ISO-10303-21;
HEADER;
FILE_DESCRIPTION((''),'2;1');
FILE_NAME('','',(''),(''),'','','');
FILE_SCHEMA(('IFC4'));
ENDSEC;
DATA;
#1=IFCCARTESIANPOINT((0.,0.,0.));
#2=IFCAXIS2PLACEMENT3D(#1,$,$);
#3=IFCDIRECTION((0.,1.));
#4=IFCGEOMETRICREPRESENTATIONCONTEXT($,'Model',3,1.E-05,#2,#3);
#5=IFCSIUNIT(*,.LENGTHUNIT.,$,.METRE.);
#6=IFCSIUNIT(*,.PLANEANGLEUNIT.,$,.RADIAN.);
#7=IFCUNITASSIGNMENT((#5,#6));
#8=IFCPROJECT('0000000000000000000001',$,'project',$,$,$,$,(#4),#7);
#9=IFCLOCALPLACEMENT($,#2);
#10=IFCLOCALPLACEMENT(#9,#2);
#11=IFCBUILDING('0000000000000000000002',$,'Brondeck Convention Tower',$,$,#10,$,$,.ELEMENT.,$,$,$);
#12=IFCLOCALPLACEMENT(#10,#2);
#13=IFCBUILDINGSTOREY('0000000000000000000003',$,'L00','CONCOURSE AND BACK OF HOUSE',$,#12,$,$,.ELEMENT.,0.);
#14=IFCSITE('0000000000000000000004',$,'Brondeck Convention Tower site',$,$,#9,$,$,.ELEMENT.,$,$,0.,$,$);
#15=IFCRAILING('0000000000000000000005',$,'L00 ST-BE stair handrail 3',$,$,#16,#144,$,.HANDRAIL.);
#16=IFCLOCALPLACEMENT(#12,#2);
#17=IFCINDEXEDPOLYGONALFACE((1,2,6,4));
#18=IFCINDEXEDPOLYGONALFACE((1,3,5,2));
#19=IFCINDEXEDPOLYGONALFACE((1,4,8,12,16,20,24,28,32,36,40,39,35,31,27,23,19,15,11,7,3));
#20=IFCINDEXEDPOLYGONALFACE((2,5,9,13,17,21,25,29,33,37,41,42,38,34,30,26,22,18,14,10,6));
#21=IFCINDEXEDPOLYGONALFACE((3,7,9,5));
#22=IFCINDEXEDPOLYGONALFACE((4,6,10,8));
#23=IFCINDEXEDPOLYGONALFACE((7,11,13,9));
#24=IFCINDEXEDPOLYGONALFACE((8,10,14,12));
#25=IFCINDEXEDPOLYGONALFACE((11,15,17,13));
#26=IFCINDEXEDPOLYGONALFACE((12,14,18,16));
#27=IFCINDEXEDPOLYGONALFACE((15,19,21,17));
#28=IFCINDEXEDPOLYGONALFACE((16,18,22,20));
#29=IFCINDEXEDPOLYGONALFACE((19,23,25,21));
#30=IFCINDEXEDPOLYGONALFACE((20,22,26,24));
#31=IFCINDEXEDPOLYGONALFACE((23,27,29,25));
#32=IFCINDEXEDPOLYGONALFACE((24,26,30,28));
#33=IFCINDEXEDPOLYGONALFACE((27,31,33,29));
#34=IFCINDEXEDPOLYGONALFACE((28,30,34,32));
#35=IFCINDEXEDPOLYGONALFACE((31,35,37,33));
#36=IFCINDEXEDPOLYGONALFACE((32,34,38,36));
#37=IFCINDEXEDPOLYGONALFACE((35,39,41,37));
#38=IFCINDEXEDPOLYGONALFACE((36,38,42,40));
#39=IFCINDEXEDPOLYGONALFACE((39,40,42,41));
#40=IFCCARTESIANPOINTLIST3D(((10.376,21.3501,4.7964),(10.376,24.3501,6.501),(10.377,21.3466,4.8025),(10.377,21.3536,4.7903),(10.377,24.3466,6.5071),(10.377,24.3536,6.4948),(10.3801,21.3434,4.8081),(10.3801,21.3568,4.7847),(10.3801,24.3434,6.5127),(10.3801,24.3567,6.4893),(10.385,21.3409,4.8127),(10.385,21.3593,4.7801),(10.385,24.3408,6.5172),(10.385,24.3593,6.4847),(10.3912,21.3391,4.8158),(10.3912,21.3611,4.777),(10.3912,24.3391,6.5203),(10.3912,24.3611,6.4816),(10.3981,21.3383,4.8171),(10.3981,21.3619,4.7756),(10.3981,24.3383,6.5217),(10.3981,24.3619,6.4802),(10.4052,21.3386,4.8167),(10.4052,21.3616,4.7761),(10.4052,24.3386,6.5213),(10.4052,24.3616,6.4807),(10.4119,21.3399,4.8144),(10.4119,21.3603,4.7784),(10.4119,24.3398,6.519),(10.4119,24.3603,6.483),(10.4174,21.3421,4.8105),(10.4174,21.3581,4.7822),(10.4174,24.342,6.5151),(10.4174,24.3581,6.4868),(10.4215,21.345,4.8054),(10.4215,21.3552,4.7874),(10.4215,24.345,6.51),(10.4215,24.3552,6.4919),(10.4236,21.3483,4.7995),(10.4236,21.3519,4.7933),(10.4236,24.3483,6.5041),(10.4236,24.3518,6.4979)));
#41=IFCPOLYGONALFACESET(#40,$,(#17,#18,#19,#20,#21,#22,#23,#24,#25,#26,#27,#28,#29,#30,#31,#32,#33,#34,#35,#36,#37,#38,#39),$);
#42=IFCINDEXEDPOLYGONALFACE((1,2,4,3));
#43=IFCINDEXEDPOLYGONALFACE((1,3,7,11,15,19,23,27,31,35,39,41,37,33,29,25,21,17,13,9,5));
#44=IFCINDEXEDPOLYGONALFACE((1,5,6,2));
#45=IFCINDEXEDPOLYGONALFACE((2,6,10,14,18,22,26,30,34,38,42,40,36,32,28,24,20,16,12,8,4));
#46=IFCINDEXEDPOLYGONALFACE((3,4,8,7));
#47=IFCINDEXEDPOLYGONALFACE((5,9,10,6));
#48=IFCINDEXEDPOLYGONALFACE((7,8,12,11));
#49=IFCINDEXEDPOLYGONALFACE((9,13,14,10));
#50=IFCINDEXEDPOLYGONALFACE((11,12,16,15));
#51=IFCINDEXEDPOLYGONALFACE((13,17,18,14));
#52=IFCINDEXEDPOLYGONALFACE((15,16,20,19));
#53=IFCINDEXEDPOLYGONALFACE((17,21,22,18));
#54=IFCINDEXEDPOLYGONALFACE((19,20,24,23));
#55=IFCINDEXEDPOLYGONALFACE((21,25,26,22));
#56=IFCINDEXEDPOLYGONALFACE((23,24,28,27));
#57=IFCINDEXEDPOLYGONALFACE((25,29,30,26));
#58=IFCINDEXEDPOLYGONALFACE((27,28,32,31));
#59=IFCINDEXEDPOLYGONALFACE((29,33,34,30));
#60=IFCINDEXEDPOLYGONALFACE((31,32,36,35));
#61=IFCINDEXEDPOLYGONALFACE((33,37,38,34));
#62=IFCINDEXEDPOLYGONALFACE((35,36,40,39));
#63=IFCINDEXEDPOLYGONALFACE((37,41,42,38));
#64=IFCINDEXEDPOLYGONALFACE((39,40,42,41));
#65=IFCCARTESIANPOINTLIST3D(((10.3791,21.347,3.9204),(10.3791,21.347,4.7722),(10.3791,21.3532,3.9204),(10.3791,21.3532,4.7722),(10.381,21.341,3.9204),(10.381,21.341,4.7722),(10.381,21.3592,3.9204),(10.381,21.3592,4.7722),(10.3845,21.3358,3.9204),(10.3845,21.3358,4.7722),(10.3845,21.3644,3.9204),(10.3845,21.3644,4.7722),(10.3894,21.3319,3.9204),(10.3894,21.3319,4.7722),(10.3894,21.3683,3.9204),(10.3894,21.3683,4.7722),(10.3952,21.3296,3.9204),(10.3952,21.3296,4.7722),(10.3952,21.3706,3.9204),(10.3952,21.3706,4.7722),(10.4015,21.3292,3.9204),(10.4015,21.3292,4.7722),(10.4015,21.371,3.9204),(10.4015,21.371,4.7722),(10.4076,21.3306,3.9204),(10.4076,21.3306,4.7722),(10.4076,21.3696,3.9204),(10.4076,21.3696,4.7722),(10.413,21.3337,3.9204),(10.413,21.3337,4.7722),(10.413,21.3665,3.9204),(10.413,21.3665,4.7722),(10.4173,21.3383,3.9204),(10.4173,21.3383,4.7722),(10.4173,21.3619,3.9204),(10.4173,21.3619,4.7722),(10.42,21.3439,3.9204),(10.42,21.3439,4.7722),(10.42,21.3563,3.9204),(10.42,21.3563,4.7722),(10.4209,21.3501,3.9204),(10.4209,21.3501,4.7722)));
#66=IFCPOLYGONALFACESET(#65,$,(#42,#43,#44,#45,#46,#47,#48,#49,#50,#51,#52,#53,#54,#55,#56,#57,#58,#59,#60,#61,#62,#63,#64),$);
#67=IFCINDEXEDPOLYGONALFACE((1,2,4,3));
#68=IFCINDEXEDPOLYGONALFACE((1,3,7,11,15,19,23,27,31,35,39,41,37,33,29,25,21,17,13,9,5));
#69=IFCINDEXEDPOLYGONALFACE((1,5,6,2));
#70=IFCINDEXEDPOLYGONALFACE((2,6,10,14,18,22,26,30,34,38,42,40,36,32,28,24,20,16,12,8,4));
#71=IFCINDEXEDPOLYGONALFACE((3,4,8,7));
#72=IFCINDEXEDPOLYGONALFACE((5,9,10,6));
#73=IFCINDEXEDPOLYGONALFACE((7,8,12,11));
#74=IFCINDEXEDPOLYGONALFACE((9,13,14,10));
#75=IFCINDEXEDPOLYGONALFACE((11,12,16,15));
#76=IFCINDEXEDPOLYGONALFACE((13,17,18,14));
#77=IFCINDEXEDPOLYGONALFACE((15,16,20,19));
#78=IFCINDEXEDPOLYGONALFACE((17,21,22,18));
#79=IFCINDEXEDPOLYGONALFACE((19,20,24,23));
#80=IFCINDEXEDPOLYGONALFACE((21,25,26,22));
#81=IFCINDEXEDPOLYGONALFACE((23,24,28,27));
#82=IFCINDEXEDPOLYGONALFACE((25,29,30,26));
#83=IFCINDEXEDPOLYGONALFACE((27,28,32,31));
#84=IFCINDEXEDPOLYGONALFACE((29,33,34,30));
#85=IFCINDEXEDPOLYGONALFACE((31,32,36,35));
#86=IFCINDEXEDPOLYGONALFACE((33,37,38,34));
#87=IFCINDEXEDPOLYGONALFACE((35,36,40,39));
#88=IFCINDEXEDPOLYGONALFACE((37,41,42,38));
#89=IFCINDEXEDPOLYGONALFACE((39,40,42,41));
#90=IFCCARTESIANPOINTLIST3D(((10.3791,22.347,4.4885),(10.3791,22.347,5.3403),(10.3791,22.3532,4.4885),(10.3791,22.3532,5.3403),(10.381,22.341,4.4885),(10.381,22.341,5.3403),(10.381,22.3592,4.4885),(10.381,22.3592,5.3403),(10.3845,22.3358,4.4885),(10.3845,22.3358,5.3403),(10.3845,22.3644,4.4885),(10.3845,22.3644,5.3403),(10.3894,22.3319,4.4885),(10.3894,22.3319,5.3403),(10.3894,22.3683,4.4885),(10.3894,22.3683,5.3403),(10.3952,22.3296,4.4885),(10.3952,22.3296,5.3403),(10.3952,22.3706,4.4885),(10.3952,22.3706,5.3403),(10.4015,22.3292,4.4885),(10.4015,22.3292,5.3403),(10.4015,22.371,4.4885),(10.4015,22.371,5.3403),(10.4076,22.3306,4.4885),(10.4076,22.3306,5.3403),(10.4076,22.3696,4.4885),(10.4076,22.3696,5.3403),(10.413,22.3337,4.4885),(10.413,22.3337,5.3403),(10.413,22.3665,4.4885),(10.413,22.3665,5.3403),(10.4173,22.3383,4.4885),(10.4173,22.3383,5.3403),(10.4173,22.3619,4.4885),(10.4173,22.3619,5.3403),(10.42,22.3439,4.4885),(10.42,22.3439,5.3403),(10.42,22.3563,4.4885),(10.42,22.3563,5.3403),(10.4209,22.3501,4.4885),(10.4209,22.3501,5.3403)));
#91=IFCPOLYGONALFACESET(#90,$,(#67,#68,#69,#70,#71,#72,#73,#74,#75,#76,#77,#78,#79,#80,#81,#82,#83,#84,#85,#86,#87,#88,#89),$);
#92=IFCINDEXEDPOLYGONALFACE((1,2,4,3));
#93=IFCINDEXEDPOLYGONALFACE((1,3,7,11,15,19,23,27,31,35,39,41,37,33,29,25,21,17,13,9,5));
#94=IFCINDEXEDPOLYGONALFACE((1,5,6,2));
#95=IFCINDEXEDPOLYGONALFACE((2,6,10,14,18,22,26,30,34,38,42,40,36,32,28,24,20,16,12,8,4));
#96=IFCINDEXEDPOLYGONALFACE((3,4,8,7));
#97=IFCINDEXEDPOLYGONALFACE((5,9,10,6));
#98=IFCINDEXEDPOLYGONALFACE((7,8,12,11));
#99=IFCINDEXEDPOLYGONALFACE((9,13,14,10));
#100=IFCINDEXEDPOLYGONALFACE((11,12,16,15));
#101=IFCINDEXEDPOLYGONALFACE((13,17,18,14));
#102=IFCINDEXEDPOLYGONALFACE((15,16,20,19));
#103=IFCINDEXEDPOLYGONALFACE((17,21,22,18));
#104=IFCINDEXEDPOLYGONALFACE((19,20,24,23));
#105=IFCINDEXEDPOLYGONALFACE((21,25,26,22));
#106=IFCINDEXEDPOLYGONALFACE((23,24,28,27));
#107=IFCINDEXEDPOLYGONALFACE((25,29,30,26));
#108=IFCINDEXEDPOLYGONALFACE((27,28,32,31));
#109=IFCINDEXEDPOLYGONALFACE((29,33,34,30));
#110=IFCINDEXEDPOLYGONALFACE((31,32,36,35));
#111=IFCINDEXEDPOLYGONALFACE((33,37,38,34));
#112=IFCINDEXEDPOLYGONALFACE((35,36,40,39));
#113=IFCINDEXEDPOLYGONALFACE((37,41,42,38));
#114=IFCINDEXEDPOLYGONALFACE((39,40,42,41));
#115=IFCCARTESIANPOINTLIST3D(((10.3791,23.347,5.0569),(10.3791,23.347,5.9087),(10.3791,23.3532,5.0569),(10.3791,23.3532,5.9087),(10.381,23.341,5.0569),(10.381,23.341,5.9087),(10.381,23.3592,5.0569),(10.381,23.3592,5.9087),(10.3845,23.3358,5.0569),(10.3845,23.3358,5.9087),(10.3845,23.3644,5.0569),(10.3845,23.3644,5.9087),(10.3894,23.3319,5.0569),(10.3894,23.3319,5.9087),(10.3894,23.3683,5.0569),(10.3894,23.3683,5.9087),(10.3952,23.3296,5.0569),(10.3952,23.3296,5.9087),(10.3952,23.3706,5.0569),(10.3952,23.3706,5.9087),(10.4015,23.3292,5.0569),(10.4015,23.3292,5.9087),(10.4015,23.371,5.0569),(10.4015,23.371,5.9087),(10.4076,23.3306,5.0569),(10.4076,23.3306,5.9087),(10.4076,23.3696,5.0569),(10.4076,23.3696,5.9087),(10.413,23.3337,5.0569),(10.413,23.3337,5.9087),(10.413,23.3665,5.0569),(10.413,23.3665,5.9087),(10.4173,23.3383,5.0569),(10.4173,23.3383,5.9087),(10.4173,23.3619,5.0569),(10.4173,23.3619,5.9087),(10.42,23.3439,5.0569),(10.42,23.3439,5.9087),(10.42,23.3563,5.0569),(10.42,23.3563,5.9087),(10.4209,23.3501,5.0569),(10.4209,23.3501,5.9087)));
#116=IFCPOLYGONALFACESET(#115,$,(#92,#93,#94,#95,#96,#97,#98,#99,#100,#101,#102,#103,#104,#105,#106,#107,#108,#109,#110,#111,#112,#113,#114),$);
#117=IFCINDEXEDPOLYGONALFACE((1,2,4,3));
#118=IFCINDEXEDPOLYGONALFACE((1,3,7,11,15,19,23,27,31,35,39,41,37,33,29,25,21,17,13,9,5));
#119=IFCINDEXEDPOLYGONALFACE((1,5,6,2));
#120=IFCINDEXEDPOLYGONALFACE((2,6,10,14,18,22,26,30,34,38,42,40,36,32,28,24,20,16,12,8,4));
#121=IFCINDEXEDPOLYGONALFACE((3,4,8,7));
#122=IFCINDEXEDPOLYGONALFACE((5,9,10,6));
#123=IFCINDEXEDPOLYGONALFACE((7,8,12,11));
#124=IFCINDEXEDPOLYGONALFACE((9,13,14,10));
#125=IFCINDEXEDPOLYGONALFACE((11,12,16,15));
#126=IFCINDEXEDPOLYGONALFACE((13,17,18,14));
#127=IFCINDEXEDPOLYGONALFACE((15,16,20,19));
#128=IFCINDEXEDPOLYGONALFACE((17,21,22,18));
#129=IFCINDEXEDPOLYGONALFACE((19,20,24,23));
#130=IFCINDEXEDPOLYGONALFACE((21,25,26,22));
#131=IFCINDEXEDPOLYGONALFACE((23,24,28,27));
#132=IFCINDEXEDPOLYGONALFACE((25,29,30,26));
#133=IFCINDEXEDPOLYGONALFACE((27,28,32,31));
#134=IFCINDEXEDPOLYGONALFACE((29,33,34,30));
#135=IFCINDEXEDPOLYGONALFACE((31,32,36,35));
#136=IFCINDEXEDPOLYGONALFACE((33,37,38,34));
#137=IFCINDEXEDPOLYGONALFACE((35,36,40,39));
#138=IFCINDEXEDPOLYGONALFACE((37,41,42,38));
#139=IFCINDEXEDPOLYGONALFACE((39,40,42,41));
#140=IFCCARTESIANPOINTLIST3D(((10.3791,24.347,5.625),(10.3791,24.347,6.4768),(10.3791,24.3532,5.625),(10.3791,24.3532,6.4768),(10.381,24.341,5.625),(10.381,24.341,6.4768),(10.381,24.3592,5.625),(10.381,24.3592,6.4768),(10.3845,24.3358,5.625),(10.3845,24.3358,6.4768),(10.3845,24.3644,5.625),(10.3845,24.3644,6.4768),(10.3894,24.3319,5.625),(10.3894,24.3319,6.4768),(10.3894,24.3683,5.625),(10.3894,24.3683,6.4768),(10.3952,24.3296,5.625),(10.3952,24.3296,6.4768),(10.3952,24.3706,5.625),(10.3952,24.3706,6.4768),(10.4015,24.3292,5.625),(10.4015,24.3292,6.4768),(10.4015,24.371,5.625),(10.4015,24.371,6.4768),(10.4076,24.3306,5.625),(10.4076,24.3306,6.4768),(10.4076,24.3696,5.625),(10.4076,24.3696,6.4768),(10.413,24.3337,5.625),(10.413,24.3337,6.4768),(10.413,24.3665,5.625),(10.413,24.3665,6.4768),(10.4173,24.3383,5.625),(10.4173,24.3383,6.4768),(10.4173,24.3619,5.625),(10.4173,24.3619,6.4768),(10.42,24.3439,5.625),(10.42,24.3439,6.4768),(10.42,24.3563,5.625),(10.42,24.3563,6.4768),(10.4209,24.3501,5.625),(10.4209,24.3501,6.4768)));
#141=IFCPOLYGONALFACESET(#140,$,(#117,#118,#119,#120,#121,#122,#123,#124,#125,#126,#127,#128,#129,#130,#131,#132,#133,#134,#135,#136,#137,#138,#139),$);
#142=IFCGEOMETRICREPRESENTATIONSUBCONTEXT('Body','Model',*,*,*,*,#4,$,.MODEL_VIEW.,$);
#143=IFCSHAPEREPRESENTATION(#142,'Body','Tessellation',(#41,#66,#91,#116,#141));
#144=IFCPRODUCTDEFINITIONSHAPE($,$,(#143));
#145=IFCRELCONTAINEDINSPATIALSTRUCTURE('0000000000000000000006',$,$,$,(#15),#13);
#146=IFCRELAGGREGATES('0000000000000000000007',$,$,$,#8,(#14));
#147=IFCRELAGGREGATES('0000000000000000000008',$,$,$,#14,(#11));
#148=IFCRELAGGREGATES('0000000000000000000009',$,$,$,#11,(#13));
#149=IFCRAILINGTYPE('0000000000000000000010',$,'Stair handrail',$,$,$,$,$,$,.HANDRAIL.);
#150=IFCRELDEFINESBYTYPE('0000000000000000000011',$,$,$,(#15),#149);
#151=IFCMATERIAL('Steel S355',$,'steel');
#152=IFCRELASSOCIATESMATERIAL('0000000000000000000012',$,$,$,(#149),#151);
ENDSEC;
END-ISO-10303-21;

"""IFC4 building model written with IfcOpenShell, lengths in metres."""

from ifc_helpers import new_model, si_unit, direction, frame, origin, origin_2d, place, context, subcontext, project, spatial, circle, extrude, material, type_object, element, save


model = new_model("IFC4")

# Units and contexts
model_context = context("Model", 3, precision=1e-05, world=origin(), true_north=direction((0.0, 1.0)))
body_context = subcontext(model_context, "Body", "Model", "MODEL_VIEW")
ifc_project = project(units=[si_unit("LENGTHUNIT", "METRE"), si_unit("PLANEANGLEUNIT", "RADIAN")], contexts=[model_context])

# Site, building, storey
site_placement = place(None, origin())
site = spatial("IfcSite", under=ifc_project, at=site_placement, Name="Brondeck Convention Tower site", CompositionType="ELEMENT", RefElevation=0.0)
building_placement = place(site_placement, origin())
building = spatial("IfcBuilding", under=site, at=building_placement, Name="Brondeck Convention Tower", CompositionType="ELEMENT")
storey_placement = place(building_placement, origin())
storey = spatial("IfcBuildingStorey", under=building, at=storey_placement, Name="L00", Description="CONCOURSE AND BACK OF HOUSE", CompositionType="ELEMENT", Elevation=0.0)

# Shared definitions
ifc_material_1 = material(Name="Steel S355", Category="steel")

# Railing
railing_type_1 = type_object("IfcRailingType", Name="Stair handrail", PredefinedType="HANDRAIL", material=ifc_material_1)
for number, where, name in (
    (1, (10.3999, 21.3501, 3.9204), "L00 ST-BE stair handrail 3"),
):
    element("IfcRailing", number, at=place(storey_placement, frame(where)), inside=storey, type_object=railing_type_1, Name=name, PredefinedType="HANDRAIL", context=body_context, shape_type="SweptSolid", body=[
        extrude(circle(Radius=0.0239, at=origin_2d()), frame((0.0, 0.0, 0.876), z_axis=(0.0, 0.869451, 0.494019), x_axis=(-1.0, 0.0, 0.0)), (0.0, 0.0, 1.0), 3.4504),
        extrude(circle(Radius=0.021, at=origin_2d()), origin(), (0.0, 0.0, 1.0), 0.8518),
        extrude(circle(Radius=0.021, at=origin_2d()), frame((0.0, 1.0, 0.5681)), (0.0, 0.0, 1.0), 0.8518),
        extrude(circle(Radius=0.021, at=origin_2d()), frame((0.0, 2.0, 1.1365)), (0.0, 0.0, 1.0), 0.8518),
        extrude(circle(Radius=0.021, at=origin_2d()), frame((0.0, 3.0, 1.7046)), (0.0, 0.0, 1.0), 0.8518),
    ])

save(model, "model.ifc")
